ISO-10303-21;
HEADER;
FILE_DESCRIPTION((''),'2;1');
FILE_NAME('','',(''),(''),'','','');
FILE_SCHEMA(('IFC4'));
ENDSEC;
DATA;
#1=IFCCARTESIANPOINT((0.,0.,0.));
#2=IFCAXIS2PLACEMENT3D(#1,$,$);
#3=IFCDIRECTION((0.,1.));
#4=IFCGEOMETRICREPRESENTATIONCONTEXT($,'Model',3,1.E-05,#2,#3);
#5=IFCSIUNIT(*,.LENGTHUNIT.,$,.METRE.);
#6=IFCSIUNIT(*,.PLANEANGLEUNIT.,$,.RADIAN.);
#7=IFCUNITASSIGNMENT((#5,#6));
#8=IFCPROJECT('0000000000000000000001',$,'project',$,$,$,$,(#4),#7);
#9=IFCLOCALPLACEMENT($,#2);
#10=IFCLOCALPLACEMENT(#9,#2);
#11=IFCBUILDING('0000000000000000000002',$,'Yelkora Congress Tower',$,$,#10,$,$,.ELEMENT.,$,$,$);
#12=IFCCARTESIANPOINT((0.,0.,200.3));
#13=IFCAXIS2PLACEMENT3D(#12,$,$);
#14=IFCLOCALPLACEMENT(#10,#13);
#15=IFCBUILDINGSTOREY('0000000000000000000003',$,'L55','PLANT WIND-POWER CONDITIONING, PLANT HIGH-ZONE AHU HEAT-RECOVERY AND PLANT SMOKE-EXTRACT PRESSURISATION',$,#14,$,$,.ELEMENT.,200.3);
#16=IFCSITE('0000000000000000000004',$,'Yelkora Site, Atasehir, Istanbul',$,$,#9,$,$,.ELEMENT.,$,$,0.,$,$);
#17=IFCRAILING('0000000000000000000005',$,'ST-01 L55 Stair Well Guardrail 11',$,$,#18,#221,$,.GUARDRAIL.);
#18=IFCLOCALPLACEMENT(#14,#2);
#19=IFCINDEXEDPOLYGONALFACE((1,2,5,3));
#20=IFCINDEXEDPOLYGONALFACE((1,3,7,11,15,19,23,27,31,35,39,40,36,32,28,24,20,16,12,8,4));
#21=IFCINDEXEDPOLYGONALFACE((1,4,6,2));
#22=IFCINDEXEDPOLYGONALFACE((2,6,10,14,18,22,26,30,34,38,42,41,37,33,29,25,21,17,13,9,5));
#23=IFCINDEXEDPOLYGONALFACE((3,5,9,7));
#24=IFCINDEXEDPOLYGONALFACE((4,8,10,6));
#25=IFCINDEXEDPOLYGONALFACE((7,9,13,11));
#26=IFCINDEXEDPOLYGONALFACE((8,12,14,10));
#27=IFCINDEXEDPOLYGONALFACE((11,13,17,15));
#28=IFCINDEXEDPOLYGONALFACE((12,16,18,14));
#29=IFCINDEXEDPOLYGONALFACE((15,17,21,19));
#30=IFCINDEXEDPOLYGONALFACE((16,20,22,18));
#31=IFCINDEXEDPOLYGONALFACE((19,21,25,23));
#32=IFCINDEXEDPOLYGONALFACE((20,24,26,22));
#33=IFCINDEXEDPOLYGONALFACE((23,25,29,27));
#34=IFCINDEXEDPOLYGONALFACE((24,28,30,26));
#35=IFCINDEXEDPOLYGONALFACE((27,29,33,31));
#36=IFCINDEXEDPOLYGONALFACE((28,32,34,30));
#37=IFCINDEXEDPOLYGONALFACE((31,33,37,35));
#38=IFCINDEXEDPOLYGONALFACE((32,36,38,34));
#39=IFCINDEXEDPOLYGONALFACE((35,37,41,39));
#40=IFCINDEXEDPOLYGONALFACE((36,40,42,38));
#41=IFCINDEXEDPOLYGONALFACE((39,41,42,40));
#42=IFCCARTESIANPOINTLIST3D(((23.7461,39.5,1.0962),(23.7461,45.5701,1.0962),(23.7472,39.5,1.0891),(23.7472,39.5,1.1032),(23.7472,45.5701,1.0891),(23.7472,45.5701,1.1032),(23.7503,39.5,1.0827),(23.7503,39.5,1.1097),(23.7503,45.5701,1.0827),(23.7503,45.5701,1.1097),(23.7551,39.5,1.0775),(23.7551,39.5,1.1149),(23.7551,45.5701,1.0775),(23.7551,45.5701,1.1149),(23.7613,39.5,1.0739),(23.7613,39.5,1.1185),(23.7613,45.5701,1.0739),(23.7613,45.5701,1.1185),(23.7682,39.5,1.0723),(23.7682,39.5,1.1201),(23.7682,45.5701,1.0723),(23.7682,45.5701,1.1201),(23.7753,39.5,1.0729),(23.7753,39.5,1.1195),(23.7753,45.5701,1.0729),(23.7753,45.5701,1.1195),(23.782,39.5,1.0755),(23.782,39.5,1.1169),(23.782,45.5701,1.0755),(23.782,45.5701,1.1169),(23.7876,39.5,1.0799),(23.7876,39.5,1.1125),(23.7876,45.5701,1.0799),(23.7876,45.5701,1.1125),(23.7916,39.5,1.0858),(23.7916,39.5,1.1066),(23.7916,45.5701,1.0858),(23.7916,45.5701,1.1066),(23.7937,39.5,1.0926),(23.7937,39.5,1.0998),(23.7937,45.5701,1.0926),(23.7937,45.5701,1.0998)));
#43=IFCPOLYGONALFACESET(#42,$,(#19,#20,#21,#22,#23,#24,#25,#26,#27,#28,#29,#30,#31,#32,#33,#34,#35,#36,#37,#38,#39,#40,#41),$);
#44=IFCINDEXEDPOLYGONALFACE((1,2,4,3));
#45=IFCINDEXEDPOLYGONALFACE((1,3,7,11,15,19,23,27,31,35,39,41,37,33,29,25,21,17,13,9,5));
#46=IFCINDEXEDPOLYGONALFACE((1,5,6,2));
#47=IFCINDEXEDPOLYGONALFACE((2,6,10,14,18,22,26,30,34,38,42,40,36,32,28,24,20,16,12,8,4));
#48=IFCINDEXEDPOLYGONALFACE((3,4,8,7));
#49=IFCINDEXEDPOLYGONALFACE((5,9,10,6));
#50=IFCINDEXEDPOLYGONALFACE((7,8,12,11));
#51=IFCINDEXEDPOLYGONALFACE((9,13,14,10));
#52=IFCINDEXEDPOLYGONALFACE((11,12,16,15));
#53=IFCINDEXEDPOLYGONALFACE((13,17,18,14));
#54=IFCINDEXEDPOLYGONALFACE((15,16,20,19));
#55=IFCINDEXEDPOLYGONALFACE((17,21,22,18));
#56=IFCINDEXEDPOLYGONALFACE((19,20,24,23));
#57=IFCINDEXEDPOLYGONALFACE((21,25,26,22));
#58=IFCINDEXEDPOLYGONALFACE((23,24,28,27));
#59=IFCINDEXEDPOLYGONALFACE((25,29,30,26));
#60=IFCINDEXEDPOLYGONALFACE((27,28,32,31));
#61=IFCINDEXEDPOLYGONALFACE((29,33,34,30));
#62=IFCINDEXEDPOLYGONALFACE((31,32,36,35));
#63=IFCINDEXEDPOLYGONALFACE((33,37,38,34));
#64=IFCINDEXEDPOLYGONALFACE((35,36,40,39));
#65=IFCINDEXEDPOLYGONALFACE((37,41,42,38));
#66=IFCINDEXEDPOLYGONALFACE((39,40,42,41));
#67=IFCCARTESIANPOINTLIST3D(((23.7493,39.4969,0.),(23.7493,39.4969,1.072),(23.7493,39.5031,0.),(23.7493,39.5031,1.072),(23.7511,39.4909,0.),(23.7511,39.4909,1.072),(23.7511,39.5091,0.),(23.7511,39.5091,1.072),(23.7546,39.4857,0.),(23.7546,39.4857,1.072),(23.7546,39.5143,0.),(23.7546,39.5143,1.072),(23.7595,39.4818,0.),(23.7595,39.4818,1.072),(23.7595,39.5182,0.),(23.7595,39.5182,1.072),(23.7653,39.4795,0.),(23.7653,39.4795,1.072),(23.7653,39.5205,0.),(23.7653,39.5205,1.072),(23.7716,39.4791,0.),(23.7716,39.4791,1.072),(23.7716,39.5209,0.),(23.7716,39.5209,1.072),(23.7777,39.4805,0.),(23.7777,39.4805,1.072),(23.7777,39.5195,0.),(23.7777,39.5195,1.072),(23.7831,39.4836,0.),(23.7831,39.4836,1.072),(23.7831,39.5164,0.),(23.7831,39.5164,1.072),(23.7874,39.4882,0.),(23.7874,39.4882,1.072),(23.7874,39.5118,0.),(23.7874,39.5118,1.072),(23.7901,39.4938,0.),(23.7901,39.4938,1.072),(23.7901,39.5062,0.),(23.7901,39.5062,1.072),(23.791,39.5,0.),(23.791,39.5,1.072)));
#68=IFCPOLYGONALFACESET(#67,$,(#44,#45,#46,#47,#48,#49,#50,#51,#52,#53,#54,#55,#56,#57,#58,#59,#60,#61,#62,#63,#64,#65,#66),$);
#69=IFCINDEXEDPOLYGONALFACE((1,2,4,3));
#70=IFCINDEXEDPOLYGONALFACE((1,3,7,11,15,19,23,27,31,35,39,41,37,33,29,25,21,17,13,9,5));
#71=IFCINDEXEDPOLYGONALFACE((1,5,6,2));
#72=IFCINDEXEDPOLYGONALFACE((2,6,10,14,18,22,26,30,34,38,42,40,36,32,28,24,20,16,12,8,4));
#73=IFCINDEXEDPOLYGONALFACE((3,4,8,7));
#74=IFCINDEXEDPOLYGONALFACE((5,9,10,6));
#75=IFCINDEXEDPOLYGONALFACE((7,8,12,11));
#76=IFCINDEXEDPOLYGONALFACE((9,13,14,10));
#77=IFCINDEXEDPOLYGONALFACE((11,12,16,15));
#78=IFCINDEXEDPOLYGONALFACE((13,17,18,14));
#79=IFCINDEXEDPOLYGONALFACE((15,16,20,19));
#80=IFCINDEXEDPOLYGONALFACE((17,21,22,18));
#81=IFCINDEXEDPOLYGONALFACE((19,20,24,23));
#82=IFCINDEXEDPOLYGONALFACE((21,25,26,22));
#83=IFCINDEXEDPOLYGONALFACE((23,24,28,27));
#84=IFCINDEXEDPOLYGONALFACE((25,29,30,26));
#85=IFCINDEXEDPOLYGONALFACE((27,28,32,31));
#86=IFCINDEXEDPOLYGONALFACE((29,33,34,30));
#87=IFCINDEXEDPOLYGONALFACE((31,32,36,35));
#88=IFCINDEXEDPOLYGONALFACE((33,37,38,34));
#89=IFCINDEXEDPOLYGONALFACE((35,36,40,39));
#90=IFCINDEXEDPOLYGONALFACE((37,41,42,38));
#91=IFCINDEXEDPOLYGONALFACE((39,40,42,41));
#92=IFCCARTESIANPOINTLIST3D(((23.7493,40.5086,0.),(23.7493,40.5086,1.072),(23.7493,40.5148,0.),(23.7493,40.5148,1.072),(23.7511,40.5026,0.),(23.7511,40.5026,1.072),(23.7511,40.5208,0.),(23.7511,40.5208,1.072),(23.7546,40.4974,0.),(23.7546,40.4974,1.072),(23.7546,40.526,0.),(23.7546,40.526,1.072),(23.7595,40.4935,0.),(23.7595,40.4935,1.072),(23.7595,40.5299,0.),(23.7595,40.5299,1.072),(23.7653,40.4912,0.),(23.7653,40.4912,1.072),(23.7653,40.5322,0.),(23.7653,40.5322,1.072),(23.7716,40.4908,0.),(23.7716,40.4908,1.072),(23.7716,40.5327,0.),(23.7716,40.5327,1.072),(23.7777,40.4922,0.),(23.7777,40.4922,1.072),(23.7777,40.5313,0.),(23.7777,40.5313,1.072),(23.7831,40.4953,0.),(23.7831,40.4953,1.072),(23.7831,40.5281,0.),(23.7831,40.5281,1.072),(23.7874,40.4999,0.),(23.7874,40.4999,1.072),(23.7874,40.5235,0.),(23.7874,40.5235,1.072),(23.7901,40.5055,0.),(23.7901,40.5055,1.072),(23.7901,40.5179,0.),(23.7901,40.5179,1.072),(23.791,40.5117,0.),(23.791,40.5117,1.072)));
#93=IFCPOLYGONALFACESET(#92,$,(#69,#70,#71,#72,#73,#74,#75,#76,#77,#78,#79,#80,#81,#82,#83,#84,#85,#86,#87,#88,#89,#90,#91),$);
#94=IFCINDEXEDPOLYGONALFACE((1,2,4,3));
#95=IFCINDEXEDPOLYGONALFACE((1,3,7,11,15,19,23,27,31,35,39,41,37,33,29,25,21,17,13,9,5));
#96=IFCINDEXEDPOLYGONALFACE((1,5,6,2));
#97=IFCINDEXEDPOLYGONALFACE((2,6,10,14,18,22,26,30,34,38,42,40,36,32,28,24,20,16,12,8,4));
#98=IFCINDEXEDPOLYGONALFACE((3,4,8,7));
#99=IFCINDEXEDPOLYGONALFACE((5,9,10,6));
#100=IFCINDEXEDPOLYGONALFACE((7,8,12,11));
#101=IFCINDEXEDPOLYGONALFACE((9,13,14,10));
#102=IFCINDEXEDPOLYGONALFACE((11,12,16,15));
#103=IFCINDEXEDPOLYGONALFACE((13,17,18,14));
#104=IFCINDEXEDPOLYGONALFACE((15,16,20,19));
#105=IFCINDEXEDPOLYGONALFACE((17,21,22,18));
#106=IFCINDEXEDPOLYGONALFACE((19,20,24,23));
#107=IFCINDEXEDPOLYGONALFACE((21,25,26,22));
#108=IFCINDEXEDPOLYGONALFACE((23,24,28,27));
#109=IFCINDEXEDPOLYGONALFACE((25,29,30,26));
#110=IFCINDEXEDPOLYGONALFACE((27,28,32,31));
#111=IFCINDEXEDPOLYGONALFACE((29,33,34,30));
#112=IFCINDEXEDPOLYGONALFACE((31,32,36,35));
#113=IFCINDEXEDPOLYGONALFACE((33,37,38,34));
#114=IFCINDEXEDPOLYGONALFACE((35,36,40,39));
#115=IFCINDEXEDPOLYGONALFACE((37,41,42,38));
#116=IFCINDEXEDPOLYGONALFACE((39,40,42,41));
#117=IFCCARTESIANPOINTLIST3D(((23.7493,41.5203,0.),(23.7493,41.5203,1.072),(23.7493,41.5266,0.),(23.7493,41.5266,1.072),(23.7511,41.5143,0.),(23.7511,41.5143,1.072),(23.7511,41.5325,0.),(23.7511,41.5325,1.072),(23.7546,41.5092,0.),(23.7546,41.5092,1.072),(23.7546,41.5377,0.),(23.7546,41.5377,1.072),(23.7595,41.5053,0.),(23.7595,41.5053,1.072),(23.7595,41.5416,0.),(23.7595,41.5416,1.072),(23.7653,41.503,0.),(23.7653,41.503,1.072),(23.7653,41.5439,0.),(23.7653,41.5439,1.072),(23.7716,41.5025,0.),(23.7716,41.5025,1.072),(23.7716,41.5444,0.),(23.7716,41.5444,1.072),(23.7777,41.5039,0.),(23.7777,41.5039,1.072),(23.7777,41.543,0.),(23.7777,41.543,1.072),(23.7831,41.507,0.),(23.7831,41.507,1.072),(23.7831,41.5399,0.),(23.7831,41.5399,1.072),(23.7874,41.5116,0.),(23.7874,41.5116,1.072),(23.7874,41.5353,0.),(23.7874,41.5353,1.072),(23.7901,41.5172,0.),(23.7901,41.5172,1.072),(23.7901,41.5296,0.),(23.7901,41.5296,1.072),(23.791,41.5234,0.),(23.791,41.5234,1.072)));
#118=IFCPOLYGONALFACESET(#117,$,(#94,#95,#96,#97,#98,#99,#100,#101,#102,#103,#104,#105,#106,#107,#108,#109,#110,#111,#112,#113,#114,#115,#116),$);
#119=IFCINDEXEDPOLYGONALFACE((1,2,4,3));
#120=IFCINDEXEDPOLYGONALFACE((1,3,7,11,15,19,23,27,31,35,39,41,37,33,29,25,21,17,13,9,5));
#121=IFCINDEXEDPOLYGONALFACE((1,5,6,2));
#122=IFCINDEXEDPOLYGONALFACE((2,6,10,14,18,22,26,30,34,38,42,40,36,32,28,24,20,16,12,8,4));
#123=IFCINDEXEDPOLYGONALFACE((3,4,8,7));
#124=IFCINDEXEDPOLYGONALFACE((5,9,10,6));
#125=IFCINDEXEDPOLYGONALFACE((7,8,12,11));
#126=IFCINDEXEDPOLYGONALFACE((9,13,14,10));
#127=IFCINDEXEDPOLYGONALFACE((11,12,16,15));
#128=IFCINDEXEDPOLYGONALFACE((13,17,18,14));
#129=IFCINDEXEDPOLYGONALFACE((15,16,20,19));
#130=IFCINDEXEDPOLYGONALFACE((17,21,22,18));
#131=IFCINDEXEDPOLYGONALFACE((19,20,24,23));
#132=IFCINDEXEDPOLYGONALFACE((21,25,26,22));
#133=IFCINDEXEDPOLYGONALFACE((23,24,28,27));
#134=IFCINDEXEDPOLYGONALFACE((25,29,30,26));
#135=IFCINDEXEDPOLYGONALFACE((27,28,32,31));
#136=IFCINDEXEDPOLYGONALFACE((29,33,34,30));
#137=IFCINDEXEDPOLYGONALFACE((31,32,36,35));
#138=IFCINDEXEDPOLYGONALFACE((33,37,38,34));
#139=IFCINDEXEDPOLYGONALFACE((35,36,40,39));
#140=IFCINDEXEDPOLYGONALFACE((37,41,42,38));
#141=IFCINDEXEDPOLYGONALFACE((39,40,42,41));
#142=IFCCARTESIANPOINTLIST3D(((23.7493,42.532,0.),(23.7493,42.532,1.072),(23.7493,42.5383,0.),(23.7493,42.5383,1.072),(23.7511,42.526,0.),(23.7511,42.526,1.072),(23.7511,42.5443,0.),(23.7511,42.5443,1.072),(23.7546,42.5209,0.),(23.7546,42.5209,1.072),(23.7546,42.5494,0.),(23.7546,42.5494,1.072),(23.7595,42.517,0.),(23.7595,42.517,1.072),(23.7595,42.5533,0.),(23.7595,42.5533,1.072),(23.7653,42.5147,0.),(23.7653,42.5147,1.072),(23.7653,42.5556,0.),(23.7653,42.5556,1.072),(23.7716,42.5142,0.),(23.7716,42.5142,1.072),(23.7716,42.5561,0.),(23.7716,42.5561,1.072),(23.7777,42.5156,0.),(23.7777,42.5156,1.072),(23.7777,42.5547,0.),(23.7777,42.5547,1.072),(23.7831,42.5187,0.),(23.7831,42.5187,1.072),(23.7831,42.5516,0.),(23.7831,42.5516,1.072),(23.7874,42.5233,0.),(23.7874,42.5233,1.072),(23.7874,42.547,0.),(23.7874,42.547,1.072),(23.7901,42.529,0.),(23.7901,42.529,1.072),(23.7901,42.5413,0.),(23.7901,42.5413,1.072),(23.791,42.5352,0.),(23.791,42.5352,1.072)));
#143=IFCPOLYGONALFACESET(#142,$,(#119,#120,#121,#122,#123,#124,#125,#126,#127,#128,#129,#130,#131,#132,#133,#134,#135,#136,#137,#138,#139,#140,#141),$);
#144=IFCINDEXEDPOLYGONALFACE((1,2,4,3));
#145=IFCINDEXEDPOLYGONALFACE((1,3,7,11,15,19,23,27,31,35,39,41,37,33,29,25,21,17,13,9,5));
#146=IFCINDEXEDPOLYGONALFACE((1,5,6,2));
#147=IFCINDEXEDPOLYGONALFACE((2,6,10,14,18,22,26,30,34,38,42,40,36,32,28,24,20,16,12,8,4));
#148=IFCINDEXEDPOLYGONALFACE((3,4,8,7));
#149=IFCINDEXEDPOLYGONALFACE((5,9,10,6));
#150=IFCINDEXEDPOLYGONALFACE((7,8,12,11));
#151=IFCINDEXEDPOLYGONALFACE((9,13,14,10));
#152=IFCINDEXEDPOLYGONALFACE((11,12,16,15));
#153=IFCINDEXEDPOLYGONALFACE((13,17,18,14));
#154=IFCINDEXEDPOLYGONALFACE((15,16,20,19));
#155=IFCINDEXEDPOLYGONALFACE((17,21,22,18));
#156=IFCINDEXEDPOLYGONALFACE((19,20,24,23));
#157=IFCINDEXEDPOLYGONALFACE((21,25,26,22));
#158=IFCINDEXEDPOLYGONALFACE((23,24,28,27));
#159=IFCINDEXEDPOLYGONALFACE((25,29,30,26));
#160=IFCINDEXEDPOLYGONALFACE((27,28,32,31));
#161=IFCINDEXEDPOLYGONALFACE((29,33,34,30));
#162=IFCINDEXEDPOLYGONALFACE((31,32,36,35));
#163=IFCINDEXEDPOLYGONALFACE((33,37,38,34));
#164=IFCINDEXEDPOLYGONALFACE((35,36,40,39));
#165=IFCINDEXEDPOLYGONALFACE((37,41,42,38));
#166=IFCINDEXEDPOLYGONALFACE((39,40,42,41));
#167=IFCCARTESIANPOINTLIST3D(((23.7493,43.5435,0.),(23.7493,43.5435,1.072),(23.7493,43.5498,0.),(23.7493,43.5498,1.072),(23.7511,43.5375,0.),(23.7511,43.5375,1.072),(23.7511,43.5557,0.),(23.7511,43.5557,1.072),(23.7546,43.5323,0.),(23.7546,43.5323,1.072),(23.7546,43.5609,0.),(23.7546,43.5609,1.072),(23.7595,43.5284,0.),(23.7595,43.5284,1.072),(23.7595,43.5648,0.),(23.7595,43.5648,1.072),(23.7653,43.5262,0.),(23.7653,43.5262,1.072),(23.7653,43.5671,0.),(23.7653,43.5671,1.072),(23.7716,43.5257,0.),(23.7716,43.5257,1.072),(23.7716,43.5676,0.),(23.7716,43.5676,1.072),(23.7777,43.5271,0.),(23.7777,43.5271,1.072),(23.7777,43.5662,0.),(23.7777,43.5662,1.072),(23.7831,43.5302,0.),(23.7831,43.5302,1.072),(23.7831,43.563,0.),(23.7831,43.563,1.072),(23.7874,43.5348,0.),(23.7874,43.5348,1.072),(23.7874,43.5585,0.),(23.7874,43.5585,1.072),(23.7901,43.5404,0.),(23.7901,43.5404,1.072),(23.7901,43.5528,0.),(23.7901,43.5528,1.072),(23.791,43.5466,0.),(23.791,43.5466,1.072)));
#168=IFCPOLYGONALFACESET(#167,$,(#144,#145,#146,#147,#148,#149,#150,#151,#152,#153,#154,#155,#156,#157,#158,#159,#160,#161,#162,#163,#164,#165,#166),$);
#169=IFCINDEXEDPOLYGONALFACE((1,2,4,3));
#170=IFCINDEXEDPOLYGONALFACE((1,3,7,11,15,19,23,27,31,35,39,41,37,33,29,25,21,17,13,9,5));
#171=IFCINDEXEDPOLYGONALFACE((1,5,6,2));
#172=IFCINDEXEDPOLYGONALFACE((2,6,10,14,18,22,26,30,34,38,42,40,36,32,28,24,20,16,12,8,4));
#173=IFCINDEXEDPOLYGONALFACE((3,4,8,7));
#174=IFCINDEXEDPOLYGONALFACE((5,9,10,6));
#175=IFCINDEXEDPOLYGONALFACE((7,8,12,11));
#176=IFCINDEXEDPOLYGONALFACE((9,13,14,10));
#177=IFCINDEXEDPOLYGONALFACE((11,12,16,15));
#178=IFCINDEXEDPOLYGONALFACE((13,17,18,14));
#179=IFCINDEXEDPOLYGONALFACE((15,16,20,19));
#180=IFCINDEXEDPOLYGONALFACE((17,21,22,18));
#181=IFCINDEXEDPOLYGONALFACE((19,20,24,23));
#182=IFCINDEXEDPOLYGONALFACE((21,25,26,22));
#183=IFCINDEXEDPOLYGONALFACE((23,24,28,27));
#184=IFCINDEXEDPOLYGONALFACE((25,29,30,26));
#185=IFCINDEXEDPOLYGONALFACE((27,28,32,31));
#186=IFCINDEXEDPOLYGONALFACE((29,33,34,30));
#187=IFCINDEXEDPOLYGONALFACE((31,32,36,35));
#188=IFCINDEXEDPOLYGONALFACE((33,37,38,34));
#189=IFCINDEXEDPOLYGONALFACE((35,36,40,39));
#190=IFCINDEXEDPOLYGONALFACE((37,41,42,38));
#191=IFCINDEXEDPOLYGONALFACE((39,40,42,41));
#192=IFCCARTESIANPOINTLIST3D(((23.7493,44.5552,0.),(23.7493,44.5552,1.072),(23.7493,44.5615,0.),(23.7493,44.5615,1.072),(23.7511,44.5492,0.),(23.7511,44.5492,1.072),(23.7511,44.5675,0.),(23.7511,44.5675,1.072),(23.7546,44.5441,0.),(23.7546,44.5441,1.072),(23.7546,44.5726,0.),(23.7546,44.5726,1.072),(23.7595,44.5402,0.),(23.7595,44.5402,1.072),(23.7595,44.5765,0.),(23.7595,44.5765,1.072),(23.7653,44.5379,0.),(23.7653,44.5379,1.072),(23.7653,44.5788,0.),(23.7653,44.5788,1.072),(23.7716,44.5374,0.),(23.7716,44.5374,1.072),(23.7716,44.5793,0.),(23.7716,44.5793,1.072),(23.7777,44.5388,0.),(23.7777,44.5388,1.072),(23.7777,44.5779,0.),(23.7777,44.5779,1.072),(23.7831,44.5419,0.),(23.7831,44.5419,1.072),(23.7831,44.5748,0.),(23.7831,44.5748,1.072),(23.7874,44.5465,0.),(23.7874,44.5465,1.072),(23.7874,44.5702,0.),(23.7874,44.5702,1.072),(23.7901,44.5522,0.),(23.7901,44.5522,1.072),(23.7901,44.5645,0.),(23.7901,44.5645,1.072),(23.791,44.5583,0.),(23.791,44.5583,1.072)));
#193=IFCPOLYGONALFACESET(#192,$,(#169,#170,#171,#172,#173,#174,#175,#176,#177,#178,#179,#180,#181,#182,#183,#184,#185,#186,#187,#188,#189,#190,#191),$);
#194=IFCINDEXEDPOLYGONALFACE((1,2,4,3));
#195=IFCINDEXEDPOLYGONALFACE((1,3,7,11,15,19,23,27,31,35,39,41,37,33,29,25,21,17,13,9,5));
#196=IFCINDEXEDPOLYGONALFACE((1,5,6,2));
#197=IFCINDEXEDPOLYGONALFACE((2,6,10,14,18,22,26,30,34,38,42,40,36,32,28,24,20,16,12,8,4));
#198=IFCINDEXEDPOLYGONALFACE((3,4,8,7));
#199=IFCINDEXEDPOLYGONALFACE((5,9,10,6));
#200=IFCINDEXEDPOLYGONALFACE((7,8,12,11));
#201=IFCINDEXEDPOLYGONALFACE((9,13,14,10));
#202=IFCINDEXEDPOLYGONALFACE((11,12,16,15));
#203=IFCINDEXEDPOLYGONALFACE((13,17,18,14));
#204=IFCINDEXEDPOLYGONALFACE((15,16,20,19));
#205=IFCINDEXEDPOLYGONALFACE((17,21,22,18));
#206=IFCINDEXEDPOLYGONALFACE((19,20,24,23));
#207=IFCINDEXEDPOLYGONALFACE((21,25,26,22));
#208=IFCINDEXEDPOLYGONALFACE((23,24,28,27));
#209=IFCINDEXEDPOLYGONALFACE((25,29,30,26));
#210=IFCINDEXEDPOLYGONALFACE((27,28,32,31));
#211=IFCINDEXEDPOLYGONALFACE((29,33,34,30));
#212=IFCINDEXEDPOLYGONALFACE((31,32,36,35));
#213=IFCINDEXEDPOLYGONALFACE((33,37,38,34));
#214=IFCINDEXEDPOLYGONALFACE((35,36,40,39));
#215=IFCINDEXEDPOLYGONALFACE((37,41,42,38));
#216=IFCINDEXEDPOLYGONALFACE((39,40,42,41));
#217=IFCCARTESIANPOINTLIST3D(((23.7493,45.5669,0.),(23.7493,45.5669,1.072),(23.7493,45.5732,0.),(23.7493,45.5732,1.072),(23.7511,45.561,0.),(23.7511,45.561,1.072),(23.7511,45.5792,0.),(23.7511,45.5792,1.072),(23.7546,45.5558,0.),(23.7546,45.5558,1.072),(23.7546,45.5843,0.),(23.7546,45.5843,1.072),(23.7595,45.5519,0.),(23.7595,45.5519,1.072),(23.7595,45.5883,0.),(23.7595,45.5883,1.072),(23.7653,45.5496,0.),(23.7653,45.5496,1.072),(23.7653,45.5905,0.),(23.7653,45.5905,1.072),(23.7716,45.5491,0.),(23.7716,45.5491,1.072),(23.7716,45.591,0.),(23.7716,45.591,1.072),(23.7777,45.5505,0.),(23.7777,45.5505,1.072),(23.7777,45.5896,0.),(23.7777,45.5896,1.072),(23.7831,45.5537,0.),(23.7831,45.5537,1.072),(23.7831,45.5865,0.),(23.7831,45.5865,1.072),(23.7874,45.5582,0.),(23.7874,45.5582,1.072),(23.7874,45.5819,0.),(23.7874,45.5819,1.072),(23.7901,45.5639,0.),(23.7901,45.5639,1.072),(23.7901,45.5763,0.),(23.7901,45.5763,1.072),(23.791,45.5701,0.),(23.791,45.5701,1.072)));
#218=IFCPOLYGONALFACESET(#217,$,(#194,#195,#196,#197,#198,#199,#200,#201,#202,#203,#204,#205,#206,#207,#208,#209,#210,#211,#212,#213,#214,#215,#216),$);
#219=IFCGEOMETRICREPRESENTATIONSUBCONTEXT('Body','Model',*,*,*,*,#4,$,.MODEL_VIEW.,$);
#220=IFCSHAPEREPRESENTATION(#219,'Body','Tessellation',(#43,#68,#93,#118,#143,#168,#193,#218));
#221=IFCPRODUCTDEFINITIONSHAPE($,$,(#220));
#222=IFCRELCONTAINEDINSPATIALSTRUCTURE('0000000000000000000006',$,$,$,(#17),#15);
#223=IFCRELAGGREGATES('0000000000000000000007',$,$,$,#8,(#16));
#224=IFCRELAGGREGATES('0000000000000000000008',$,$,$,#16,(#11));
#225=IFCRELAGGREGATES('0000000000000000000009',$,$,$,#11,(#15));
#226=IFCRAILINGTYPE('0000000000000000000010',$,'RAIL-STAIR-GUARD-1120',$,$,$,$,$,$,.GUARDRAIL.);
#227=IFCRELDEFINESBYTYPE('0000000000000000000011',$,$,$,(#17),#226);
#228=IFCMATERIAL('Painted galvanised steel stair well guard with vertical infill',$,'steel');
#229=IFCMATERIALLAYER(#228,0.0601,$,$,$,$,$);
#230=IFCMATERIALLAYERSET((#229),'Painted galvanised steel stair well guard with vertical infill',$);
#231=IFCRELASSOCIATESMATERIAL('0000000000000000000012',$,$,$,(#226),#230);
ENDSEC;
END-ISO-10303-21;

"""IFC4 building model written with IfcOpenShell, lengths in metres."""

from ifc_helpers import new_model, si_unit, direction, frame, origin, origin_2d, place, context, subcontext, project, spatial, circle, extrude, material, layer, layer_set, type_object, element, save


model = new_model("IFC4")

# Units and contexts
model_context = context("Model", 3, precision=1e-05, world=origin(), true_north=direction((0.0, 1.0)))
body_context = subcontext(model_context, "Body", "Model", "MODEL_VIEW")
ifc_project = project(units=[si_unit("LENGTHUNIT", "METRE"), si_unit("PLANEANGLEUNIT", "RADIAN")], contexts=[model_context])

# Site, building, storey
site_placement = place(None, origin())
site = spatial("IfcSite", under=ifc_project, at=site_placement, Name="Yelkora Site, Atasehir, Istanbul", CompositionType="ELEMENT", RefElevation=0.0)
building_placement = place(site_placement, origin())
building = spatial("IfcBuilding", under=site, at=building_placement, Name="Yelkora Congress Tower", CompositionType="ELEMENT")
storey_placement = place(building_placement, frame((0.0, 0.0, 200.3)))
storey = spatial("IfcBuildingStorey", under=building, at=storey_placement, Name="L55", Description="PLANT WIND-POWER CONDITIONING, PLANT HIGH-ZONE AHU HEAT-RECOVERY AND PLANT SMOKE-EXTRACT PRESSURISATION", CompositionType="ELEMENT", Elevation=200.3)

# Railing
ifc_material_1 = material(Name="Painted galvanised steel stair well guard with vertical infill", Category="steel")
ifc_layer_1 = layer(ifc_material_1, 0.0601)
ifc_layer_set_1 = layer_set([ifc_layer_1], Name="Painted galvanised steel stair well guard with vertical infill")
railing_type_1 = type_object("IfcRailingType", Name="RAIL-STAIR-GUARD-1120", PredefinedType="GUARDRAIL", material=ifc_layer_set_1)
railing_1_placement = place(storey_placement, frame((23.77, 39.5, 0.0)))
element("IfcRailing", 1, at=railing_1_placement, inside=storey, type_object=railing_type_1, Name="ST-01 L55 Stair Well Guardrail 11", PredefinedType="GUARDRAIL", context=body_context, shape_type="SweptSolid", body=[
    extrude(circle(Radius=0.0239, at=origin_2d()), frame((0.0, 0.0, 1.0962), z_axis=(0.0, 1.0, 0.0), x_axis=(-1.0, 0.0, 0.0)), (0.0, 0.0, 1.0), 6.0701),
    extrude(circle(Radius=0.021, at=origin_2d()), origin(), (0.0, 0.0, 1.0), 1.072),
    extrude(circle(Radius=0.021, at=origin_2d()), frame((0.0, 1.0117, 0.0)), (0.0, 0.0, 1.0), 1.072),
    extrude(circle(Radius=0.021, at=origin_2d()), frame((0.0, 2.0234, 0.0)), (0.0, 0.0, 1.0), 1.072),
    extrude(circle(Radius=0.021, at=origin_2d()), frame((0.0, 3.0352, 0.0)), (0.0, 0.0, 1.0), 1.072),
    extrude(circle(Radius=0.021, at=origin_2d()), frame((0.0, 4.0466, 0.0)), (0.0, 0.0, 1.0), 1.072),
    extrude(circle(Radius=0.021, at=origin_2d()), frame((0.0, 5.0583, 0.0)), (0.0, 0.0, 1.0), 1.072),
    extrude(circle(Radius=0.021, at=origin_2d()), frame((0.0, 6.0701, 0.0)), (0.0, 0.0, 1.0), 1.072),
])

save(model, "model.ifc")
